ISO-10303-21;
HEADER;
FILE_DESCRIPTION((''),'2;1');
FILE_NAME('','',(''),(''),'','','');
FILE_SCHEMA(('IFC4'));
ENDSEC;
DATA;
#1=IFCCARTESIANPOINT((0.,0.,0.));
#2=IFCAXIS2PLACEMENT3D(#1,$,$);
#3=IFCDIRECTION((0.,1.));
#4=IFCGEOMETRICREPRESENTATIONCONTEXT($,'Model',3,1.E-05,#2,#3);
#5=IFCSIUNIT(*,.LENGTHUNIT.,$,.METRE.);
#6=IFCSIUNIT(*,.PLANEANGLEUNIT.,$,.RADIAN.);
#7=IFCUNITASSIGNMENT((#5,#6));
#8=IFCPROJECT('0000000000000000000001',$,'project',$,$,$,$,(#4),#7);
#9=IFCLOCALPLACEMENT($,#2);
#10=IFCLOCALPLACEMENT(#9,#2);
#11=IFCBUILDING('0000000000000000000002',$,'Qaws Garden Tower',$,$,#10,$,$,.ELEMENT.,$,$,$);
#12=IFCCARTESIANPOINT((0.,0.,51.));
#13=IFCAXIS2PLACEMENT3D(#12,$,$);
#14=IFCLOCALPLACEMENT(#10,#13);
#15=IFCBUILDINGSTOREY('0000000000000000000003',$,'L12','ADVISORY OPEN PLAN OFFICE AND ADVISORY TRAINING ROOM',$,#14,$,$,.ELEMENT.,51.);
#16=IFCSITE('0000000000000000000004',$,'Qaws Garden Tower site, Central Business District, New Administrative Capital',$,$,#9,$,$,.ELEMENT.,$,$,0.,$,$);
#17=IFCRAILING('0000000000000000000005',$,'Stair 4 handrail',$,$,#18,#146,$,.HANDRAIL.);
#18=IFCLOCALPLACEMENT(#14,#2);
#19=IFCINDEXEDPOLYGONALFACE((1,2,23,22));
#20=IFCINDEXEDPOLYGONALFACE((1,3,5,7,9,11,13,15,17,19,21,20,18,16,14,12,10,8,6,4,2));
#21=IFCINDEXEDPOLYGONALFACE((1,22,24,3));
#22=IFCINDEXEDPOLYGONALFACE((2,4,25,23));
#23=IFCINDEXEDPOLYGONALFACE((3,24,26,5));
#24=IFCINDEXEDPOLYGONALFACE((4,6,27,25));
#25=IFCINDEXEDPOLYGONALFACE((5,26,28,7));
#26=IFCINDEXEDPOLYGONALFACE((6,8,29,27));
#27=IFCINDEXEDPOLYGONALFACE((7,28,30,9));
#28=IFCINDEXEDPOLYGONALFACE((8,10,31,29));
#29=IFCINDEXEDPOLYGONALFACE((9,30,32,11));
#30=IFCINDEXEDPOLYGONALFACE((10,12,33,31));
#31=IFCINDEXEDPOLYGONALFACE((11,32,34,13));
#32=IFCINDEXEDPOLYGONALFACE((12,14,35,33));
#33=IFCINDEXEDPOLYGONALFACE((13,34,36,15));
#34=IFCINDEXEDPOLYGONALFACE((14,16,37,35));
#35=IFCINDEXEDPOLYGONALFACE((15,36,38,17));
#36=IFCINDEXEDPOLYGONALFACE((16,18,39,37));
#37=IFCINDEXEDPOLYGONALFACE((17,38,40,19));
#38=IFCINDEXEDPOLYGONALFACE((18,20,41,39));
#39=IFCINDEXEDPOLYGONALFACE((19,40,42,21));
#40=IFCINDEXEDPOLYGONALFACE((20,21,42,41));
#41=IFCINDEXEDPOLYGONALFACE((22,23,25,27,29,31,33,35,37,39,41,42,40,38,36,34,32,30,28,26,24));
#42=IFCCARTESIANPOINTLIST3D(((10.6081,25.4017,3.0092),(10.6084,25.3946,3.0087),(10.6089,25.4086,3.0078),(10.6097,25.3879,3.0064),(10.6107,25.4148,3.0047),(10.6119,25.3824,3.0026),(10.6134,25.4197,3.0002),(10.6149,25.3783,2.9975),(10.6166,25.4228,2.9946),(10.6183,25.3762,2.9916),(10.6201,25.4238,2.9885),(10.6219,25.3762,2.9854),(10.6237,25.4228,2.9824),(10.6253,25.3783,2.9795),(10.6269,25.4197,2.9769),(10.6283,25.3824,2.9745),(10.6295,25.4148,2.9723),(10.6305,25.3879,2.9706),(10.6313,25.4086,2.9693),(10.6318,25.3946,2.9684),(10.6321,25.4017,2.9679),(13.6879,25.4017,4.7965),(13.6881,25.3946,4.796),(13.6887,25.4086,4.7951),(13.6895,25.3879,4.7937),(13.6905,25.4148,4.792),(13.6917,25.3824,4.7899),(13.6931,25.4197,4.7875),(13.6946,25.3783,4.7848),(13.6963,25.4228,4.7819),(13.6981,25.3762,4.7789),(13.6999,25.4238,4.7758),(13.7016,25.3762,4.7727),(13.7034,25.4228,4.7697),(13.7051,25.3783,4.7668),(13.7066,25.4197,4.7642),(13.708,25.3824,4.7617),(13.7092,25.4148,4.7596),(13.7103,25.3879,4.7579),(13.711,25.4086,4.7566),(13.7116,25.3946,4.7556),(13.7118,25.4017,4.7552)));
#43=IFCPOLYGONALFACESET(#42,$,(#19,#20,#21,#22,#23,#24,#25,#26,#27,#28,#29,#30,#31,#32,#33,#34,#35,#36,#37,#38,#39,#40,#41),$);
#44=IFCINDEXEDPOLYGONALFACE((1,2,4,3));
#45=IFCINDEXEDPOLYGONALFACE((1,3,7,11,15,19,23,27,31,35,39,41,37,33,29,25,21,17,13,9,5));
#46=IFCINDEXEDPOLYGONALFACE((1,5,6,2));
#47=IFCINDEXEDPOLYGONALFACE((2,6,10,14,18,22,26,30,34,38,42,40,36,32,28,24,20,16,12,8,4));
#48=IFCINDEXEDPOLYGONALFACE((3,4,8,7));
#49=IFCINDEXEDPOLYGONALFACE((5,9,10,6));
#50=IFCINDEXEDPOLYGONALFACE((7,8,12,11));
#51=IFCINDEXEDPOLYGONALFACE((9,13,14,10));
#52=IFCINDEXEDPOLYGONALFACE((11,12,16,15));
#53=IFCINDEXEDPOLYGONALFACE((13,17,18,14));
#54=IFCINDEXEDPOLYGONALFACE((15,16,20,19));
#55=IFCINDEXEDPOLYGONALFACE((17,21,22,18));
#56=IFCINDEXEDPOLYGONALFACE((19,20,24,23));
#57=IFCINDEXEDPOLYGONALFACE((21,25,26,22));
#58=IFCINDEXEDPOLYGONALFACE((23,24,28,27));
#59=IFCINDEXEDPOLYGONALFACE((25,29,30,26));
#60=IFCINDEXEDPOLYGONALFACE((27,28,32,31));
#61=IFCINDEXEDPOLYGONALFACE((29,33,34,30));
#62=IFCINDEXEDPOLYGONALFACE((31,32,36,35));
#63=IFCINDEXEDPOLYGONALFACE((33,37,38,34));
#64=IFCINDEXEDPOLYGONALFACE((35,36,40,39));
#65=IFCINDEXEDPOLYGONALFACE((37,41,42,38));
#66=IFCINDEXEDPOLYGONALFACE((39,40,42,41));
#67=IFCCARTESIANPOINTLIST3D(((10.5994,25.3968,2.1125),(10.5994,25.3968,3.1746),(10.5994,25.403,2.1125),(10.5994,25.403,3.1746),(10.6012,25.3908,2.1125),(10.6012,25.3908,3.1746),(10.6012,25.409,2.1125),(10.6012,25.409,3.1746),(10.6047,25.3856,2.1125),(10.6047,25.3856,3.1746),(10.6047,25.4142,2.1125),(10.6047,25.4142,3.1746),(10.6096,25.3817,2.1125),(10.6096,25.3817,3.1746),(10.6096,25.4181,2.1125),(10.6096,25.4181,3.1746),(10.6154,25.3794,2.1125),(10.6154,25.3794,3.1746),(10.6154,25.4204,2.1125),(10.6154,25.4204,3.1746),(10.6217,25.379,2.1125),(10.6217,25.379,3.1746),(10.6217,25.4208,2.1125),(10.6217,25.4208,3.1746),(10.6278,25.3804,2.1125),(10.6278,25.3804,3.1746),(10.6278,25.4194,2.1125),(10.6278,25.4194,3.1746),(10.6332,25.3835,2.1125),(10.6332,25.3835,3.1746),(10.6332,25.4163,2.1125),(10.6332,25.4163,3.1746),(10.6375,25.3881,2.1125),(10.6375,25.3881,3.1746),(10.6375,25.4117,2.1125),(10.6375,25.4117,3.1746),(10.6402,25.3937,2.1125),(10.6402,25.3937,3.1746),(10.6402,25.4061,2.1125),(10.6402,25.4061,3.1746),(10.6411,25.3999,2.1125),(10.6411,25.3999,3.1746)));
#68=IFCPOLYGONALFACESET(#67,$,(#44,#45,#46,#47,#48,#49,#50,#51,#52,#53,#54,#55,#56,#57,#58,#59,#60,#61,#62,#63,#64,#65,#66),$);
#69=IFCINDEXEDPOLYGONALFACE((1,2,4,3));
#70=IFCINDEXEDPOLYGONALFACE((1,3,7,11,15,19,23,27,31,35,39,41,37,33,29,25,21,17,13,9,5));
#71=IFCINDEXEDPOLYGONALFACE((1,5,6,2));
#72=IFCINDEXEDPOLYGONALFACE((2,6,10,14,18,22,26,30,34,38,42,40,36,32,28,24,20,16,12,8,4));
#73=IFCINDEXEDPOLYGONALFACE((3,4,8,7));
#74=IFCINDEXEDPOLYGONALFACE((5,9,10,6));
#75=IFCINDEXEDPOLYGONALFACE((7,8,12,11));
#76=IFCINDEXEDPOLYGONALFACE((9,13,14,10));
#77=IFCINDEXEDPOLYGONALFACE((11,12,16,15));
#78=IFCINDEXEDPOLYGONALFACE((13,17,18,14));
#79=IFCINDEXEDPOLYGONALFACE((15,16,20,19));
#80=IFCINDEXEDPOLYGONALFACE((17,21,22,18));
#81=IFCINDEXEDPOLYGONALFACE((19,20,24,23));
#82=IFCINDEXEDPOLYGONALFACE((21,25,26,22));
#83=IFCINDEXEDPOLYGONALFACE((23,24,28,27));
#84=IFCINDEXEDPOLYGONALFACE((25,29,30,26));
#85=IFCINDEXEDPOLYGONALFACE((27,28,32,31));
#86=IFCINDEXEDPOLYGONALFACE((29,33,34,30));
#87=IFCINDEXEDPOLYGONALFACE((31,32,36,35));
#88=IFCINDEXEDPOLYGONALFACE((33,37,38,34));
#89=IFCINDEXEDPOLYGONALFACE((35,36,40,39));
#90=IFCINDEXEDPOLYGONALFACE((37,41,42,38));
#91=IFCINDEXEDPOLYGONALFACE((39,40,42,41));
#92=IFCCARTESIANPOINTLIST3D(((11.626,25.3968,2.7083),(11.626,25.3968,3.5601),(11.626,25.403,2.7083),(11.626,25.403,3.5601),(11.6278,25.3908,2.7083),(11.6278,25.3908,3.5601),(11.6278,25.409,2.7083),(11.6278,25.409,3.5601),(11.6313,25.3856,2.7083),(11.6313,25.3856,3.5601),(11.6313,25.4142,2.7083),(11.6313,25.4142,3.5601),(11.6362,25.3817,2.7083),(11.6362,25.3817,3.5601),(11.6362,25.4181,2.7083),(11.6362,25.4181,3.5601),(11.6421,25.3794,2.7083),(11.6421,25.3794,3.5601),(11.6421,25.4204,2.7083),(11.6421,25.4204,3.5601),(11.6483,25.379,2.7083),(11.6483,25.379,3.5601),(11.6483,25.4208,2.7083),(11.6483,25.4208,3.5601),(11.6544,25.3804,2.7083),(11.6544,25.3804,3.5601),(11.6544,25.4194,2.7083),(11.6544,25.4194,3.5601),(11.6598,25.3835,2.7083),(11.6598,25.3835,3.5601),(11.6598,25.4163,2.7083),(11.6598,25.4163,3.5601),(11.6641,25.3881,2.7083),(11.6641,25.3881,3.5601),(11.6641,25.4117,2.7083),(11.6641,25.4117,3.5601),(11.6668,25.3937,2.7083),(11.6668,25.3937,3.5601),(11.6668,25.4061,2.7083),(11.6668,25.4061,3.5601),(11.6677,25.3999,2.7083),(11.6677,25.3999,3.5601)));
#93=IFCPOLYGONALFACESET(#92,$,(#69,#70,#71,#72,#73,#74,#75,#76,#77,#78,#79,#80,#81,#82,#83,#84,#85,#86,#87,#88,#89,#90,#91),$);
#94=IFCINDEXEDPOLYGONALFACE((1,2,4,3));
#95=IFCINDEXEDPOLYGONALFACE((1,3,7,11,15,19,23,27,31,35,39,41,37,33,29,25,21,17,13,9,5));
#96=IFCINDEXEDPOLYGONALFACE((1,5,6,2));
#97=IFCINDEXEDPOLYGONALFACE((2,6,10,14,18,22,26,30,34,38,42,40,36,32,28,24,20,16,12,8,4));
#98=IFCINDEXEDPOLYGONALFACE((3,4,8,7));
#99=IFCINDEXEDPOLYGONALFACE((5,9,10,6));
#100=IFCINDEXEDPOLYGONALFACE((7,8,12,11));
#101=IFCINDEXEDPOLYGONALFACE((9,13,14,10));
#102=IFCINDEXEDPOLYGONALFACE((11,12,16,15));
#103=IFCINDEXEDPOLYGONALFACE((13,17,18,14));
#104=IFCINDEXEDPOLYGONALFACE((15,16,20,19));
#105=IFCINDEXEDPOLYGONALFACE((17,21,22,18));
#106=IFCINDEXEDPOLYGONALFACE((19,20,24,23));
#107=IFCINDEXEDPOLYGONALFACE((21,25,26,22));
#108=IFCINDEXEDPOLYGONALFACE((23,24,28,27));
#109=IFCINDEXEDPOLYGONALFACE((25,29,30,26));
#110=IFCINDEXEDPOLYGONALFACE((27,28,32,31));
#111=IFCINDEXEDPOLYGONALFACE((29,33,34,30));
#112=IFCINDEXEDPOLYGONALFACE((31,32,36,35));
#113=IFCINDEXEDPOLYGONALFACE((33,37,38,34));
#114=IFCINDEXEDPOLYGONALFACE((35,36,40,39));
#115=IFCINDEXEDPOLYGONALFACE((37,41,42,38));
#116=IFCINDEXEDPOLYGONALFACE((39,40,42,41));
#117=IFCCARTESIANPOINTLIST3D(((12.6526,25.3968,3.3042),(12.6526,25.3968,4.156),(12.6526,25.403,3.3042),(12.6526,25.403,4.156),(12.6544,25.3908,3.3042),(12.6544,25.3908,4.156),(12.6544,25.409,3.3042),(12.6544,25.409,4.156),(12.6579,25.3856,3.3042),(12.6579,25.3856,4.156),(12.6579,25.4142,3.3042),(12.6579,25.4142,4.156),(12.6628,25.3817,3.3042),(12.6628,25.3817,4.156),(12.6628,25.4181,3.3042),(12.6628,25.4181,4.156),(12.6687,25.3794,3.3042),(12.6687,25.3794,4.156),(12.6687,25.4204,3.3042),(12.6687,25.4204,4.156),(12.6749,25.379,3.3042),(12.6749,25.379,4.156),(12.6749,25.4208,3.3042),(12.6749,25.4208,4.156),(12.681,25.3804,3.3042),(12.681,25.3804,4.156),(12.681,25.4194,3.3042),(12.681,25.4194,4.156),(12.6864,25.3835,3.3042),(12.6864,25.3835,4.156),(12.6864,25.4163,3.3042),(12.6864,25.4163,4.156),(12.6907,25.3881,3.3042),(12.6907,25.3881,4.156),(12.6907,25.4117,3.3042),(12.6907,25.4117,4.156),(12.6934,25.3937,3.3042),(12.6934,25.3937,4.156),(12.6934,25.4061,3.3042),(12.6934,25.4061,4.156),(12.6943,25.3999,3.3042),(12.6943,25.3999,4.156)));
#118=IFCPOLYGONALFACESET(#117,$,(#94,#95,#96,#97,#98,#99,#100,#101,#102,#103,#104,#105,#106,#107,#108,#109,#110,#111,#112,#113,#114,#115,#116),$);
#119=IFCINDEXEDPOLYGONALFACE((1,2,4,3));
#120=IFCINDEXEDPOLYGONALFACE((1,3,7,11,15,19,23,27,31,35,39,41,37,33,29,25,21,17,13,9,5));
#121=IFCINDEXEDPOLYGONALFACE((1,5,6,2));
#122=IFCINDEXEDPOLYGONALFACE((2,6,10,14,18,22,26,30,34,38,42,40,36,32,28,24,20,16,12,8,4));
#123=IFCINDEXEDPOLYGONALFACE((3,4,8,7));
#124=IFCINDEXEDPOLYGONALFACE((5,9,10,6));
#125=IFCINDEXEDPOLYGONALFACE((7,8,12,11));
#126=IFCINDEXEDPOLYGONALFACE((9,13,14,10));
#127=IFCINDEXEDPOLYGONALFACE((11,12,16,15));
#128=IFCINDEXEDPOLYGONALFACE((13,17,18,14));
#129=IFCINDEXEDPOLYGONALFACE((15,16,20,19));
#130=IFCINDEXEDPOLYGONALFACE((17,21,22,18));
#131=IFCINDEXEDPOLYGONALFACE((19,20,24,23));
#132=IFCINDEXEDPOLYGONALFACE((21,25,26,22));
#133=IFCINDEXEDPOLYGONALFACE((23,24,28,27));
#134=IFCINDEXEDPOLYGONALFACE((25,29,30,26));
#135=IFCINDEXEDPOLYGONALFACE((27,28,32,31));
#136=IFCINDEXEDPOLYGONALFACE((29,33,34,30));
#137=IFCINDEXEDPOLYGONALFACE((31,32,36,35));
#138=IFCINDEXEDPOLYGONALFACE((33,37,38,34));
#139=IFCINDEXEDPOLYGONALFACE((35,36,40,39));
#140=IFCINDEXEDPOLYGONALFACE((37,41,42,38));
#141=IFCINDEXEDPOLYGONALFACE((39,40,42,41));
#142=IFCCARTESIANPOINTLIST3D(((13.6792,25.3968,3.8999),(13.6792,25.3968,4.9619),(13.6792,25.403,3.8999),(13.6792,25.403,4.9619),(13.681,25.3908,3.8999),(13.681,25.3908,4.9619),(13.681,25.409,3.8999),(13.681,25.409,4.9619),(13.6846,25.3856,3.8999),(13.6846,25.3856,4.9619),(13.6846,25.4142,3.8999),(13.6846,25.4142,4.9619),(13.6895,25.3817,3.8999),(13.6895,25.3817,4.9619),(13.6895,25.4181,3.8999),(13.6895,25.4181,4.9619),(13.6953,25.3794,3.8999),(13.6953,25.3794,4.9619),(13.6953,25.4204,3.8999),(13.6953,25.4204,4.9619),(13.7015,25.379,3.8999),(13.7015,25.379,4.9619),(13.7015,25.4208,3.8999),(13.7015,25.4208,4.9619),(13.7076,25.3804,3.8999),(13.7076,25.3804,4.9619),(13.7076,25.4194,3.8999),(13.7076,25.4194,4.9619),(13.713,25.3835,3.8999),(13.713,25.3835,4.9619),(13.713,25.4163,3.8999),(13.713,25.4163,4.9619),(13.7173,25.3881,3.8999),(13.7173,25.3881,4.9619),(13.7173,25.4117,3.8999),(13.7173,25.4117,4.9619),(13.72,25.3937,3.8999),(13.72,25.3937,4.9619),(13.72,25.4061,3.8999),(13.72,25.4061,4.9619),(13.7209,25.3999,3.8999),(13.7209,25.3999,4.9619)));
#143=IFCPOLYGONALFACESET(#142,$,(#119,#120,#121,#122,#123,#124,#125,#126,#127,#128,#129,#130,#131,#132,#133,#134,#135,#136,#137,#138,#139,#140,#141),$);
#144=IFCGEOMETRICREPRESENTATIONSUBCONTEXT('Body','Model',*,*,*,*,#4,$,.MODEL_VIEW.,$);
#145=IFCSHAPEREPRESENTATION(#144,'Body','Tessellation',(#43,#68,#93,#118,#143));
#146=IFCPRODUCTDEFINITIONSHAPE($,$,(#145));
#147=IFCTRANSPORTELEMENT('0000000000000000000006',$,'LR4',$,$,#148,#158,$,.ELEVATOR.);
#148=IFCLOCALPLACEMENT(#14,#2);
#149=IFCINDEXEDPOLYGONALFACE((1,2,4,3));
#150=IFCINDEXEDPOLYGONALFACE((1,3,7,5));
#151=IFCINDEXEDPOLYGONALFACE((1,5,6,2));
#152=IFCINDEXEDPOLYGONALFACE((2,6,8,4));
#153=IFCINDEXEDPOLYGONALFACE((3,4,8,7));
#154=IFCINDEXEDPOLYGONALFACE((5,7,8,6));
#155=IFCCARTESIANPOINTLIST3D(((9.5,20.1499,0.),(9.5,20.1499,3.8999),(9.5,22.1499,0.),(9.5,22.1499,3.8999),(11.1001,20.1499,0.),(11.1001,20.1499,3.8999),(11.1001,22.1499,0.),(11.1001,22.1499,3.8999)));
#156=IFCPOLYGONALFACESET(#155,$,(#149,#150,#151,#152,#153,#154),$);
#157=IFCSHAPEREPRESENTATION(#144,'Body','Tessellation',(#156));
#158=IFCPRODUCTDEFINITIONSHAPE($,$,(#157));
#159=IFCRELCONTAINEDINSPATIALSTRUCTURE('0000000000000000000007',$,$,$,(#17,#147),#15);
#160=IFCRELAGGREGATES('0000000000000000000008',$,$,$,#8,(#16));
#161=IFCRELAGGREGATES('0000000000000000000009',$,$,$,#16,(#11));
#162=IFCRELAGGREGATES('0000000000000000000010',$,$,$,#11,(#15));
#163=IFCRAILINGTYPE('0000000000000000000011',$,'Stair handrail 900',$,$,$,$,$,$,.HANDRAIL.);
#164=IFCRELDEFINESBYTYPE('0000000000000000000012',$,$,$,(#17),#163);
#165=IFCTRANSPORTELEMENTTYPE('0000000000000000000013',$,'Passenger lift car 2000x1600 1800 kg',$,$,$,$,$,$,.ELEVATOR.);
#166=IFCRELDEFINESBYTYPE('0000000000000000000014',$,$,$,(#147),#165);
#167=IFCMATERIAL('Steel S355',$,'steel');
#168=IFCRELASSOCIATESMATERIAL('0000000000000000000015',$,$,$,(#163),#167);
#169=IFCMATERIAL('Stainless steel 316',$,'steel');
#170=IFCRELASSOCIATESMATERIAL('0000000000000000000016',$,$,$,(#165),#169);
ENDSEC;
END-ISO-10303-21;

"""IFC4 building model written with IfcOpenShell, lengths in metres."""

from ifc_helpers import new_model, si_unit, direction, frame, origin, origin_2d, place, context, subcontext, project, spatial, rectangle, circle, extrude, material, type_object, element, save


model = new_model("IFC4")

# Units and contexts
model_context = context("Model", 3, precision=1e-05, world=origin(), true_north=direction((0.0, 1.0)))
body_context = subcontext(model_context, "Body", "Model", "MODEL_VIEW")
ifc_project = project(units=[si_unit("LENGTHUNIT", "METRE"), si_unit("PLANEANGLEUNIT", "RADIAN")], contexts=[model_context])

# Site, building, storey
site_placement = place(None, origin())
site = spatial("IfcSite", under=ifc_project, at=site_placement, Name="Qaws Garden Tower site, Central Business District, New Administrative Capital", CompositionType="ELEMENT", RefElevation=0.0)
building_placement = place(site_placement, origin())
building = spatial("IfcBuilding", under=site, at=building_placement, Name="Qaws Garden Tower", CompositionType="ELEMENT")
storey_placement = place(building_placement, frame((0.0, 0.0, 51.0)))
storey = spatial("IfcBuildingStorey", under=building, at=storey_placement, Name="L12", Description="ADVISORY OPEN PLAN OFFICE AND ADVISORY TRAINING ROOM", CompositionType="ELEMENT", Elevation=51.0)

# Railing
ifc_material_1 = material(Name="Steel S355", Category="steel")
railing_type = type_object("IfcRailingType", Name="Stair handrail 900", PredefinedType="HANDRAIL", material=ifc_material_1)
railing_1_placement = place(storey_placement, frame((10.6201, 25.3999, 2.1125)))
element("IfcRailing", 1, at=railing_1_placement, inside=storey, type_object=railing_type, Name="Stair 4 handrail", PredefinedType="HANDRAIL", context=body_context, shape_type="SweptSolid", body=[
    extrude(circle(Radius=0.0239, at=origin_2d()), frame((0.0, 0.0, 0.876), z_axis=(0.864903, 0.0, 0.501939), x_axis=(0.0, 1.0, 0.0)), (0.0, 0.0, 1.0), 3.5608),
    extrude(circle(Radius=0.021, at=origin_2d()), origin(), (0.0, 0.0, 1.0), 1.062),
    extrude(circle(Radius=0.021, at=origin_2d()), frame((1.0266, 0.0, 0.5957)), (0.0, 0.0, 1.0), 0.8518),
    extrude(circle(Radius=0.021, at=origin_2d()), frame((2.0532, 0.0, 1.1917)), (0.0, 0.0, 1.0), 0.8518),
    extrude(circle(Radius=0.021, at=origin_2d()), frame((3.0798, 0.0, 1.7874)), (0.0, 0.0, 1.0), 1.062),
])

# Transport element
ifc_material_2 = material(Name="Stainless steel 316", Category="steel")
transport_element_type = type_object("IfcTransportElementType", Name="Passenger lift car 2000x1600 1800 kg", PredefinedType="ELEVATOR", material=ifc_material_2)
transport_element_placement = place(storey_placement, frame((10.3, 21.1499, 0.0), z_axis=(0.0, 0.0, 1.0), x_axis=(1.0, 0.0, 0.0)))
element("IfcTransportElement", 2, at=transport_element_placement, inside=storey, type_object=transport_element_type, Name="LR4", PredefinedType="ELEVATOR", context=body_context, shape_type="SweptSolid", body=[
    extrude(rectangle(XDim=1.6001, YDim=2.0, at=origin_2d()), origin(), (0.0, 0.0, 1.0), 3.8999),
])

save(model, "model.ifc")
